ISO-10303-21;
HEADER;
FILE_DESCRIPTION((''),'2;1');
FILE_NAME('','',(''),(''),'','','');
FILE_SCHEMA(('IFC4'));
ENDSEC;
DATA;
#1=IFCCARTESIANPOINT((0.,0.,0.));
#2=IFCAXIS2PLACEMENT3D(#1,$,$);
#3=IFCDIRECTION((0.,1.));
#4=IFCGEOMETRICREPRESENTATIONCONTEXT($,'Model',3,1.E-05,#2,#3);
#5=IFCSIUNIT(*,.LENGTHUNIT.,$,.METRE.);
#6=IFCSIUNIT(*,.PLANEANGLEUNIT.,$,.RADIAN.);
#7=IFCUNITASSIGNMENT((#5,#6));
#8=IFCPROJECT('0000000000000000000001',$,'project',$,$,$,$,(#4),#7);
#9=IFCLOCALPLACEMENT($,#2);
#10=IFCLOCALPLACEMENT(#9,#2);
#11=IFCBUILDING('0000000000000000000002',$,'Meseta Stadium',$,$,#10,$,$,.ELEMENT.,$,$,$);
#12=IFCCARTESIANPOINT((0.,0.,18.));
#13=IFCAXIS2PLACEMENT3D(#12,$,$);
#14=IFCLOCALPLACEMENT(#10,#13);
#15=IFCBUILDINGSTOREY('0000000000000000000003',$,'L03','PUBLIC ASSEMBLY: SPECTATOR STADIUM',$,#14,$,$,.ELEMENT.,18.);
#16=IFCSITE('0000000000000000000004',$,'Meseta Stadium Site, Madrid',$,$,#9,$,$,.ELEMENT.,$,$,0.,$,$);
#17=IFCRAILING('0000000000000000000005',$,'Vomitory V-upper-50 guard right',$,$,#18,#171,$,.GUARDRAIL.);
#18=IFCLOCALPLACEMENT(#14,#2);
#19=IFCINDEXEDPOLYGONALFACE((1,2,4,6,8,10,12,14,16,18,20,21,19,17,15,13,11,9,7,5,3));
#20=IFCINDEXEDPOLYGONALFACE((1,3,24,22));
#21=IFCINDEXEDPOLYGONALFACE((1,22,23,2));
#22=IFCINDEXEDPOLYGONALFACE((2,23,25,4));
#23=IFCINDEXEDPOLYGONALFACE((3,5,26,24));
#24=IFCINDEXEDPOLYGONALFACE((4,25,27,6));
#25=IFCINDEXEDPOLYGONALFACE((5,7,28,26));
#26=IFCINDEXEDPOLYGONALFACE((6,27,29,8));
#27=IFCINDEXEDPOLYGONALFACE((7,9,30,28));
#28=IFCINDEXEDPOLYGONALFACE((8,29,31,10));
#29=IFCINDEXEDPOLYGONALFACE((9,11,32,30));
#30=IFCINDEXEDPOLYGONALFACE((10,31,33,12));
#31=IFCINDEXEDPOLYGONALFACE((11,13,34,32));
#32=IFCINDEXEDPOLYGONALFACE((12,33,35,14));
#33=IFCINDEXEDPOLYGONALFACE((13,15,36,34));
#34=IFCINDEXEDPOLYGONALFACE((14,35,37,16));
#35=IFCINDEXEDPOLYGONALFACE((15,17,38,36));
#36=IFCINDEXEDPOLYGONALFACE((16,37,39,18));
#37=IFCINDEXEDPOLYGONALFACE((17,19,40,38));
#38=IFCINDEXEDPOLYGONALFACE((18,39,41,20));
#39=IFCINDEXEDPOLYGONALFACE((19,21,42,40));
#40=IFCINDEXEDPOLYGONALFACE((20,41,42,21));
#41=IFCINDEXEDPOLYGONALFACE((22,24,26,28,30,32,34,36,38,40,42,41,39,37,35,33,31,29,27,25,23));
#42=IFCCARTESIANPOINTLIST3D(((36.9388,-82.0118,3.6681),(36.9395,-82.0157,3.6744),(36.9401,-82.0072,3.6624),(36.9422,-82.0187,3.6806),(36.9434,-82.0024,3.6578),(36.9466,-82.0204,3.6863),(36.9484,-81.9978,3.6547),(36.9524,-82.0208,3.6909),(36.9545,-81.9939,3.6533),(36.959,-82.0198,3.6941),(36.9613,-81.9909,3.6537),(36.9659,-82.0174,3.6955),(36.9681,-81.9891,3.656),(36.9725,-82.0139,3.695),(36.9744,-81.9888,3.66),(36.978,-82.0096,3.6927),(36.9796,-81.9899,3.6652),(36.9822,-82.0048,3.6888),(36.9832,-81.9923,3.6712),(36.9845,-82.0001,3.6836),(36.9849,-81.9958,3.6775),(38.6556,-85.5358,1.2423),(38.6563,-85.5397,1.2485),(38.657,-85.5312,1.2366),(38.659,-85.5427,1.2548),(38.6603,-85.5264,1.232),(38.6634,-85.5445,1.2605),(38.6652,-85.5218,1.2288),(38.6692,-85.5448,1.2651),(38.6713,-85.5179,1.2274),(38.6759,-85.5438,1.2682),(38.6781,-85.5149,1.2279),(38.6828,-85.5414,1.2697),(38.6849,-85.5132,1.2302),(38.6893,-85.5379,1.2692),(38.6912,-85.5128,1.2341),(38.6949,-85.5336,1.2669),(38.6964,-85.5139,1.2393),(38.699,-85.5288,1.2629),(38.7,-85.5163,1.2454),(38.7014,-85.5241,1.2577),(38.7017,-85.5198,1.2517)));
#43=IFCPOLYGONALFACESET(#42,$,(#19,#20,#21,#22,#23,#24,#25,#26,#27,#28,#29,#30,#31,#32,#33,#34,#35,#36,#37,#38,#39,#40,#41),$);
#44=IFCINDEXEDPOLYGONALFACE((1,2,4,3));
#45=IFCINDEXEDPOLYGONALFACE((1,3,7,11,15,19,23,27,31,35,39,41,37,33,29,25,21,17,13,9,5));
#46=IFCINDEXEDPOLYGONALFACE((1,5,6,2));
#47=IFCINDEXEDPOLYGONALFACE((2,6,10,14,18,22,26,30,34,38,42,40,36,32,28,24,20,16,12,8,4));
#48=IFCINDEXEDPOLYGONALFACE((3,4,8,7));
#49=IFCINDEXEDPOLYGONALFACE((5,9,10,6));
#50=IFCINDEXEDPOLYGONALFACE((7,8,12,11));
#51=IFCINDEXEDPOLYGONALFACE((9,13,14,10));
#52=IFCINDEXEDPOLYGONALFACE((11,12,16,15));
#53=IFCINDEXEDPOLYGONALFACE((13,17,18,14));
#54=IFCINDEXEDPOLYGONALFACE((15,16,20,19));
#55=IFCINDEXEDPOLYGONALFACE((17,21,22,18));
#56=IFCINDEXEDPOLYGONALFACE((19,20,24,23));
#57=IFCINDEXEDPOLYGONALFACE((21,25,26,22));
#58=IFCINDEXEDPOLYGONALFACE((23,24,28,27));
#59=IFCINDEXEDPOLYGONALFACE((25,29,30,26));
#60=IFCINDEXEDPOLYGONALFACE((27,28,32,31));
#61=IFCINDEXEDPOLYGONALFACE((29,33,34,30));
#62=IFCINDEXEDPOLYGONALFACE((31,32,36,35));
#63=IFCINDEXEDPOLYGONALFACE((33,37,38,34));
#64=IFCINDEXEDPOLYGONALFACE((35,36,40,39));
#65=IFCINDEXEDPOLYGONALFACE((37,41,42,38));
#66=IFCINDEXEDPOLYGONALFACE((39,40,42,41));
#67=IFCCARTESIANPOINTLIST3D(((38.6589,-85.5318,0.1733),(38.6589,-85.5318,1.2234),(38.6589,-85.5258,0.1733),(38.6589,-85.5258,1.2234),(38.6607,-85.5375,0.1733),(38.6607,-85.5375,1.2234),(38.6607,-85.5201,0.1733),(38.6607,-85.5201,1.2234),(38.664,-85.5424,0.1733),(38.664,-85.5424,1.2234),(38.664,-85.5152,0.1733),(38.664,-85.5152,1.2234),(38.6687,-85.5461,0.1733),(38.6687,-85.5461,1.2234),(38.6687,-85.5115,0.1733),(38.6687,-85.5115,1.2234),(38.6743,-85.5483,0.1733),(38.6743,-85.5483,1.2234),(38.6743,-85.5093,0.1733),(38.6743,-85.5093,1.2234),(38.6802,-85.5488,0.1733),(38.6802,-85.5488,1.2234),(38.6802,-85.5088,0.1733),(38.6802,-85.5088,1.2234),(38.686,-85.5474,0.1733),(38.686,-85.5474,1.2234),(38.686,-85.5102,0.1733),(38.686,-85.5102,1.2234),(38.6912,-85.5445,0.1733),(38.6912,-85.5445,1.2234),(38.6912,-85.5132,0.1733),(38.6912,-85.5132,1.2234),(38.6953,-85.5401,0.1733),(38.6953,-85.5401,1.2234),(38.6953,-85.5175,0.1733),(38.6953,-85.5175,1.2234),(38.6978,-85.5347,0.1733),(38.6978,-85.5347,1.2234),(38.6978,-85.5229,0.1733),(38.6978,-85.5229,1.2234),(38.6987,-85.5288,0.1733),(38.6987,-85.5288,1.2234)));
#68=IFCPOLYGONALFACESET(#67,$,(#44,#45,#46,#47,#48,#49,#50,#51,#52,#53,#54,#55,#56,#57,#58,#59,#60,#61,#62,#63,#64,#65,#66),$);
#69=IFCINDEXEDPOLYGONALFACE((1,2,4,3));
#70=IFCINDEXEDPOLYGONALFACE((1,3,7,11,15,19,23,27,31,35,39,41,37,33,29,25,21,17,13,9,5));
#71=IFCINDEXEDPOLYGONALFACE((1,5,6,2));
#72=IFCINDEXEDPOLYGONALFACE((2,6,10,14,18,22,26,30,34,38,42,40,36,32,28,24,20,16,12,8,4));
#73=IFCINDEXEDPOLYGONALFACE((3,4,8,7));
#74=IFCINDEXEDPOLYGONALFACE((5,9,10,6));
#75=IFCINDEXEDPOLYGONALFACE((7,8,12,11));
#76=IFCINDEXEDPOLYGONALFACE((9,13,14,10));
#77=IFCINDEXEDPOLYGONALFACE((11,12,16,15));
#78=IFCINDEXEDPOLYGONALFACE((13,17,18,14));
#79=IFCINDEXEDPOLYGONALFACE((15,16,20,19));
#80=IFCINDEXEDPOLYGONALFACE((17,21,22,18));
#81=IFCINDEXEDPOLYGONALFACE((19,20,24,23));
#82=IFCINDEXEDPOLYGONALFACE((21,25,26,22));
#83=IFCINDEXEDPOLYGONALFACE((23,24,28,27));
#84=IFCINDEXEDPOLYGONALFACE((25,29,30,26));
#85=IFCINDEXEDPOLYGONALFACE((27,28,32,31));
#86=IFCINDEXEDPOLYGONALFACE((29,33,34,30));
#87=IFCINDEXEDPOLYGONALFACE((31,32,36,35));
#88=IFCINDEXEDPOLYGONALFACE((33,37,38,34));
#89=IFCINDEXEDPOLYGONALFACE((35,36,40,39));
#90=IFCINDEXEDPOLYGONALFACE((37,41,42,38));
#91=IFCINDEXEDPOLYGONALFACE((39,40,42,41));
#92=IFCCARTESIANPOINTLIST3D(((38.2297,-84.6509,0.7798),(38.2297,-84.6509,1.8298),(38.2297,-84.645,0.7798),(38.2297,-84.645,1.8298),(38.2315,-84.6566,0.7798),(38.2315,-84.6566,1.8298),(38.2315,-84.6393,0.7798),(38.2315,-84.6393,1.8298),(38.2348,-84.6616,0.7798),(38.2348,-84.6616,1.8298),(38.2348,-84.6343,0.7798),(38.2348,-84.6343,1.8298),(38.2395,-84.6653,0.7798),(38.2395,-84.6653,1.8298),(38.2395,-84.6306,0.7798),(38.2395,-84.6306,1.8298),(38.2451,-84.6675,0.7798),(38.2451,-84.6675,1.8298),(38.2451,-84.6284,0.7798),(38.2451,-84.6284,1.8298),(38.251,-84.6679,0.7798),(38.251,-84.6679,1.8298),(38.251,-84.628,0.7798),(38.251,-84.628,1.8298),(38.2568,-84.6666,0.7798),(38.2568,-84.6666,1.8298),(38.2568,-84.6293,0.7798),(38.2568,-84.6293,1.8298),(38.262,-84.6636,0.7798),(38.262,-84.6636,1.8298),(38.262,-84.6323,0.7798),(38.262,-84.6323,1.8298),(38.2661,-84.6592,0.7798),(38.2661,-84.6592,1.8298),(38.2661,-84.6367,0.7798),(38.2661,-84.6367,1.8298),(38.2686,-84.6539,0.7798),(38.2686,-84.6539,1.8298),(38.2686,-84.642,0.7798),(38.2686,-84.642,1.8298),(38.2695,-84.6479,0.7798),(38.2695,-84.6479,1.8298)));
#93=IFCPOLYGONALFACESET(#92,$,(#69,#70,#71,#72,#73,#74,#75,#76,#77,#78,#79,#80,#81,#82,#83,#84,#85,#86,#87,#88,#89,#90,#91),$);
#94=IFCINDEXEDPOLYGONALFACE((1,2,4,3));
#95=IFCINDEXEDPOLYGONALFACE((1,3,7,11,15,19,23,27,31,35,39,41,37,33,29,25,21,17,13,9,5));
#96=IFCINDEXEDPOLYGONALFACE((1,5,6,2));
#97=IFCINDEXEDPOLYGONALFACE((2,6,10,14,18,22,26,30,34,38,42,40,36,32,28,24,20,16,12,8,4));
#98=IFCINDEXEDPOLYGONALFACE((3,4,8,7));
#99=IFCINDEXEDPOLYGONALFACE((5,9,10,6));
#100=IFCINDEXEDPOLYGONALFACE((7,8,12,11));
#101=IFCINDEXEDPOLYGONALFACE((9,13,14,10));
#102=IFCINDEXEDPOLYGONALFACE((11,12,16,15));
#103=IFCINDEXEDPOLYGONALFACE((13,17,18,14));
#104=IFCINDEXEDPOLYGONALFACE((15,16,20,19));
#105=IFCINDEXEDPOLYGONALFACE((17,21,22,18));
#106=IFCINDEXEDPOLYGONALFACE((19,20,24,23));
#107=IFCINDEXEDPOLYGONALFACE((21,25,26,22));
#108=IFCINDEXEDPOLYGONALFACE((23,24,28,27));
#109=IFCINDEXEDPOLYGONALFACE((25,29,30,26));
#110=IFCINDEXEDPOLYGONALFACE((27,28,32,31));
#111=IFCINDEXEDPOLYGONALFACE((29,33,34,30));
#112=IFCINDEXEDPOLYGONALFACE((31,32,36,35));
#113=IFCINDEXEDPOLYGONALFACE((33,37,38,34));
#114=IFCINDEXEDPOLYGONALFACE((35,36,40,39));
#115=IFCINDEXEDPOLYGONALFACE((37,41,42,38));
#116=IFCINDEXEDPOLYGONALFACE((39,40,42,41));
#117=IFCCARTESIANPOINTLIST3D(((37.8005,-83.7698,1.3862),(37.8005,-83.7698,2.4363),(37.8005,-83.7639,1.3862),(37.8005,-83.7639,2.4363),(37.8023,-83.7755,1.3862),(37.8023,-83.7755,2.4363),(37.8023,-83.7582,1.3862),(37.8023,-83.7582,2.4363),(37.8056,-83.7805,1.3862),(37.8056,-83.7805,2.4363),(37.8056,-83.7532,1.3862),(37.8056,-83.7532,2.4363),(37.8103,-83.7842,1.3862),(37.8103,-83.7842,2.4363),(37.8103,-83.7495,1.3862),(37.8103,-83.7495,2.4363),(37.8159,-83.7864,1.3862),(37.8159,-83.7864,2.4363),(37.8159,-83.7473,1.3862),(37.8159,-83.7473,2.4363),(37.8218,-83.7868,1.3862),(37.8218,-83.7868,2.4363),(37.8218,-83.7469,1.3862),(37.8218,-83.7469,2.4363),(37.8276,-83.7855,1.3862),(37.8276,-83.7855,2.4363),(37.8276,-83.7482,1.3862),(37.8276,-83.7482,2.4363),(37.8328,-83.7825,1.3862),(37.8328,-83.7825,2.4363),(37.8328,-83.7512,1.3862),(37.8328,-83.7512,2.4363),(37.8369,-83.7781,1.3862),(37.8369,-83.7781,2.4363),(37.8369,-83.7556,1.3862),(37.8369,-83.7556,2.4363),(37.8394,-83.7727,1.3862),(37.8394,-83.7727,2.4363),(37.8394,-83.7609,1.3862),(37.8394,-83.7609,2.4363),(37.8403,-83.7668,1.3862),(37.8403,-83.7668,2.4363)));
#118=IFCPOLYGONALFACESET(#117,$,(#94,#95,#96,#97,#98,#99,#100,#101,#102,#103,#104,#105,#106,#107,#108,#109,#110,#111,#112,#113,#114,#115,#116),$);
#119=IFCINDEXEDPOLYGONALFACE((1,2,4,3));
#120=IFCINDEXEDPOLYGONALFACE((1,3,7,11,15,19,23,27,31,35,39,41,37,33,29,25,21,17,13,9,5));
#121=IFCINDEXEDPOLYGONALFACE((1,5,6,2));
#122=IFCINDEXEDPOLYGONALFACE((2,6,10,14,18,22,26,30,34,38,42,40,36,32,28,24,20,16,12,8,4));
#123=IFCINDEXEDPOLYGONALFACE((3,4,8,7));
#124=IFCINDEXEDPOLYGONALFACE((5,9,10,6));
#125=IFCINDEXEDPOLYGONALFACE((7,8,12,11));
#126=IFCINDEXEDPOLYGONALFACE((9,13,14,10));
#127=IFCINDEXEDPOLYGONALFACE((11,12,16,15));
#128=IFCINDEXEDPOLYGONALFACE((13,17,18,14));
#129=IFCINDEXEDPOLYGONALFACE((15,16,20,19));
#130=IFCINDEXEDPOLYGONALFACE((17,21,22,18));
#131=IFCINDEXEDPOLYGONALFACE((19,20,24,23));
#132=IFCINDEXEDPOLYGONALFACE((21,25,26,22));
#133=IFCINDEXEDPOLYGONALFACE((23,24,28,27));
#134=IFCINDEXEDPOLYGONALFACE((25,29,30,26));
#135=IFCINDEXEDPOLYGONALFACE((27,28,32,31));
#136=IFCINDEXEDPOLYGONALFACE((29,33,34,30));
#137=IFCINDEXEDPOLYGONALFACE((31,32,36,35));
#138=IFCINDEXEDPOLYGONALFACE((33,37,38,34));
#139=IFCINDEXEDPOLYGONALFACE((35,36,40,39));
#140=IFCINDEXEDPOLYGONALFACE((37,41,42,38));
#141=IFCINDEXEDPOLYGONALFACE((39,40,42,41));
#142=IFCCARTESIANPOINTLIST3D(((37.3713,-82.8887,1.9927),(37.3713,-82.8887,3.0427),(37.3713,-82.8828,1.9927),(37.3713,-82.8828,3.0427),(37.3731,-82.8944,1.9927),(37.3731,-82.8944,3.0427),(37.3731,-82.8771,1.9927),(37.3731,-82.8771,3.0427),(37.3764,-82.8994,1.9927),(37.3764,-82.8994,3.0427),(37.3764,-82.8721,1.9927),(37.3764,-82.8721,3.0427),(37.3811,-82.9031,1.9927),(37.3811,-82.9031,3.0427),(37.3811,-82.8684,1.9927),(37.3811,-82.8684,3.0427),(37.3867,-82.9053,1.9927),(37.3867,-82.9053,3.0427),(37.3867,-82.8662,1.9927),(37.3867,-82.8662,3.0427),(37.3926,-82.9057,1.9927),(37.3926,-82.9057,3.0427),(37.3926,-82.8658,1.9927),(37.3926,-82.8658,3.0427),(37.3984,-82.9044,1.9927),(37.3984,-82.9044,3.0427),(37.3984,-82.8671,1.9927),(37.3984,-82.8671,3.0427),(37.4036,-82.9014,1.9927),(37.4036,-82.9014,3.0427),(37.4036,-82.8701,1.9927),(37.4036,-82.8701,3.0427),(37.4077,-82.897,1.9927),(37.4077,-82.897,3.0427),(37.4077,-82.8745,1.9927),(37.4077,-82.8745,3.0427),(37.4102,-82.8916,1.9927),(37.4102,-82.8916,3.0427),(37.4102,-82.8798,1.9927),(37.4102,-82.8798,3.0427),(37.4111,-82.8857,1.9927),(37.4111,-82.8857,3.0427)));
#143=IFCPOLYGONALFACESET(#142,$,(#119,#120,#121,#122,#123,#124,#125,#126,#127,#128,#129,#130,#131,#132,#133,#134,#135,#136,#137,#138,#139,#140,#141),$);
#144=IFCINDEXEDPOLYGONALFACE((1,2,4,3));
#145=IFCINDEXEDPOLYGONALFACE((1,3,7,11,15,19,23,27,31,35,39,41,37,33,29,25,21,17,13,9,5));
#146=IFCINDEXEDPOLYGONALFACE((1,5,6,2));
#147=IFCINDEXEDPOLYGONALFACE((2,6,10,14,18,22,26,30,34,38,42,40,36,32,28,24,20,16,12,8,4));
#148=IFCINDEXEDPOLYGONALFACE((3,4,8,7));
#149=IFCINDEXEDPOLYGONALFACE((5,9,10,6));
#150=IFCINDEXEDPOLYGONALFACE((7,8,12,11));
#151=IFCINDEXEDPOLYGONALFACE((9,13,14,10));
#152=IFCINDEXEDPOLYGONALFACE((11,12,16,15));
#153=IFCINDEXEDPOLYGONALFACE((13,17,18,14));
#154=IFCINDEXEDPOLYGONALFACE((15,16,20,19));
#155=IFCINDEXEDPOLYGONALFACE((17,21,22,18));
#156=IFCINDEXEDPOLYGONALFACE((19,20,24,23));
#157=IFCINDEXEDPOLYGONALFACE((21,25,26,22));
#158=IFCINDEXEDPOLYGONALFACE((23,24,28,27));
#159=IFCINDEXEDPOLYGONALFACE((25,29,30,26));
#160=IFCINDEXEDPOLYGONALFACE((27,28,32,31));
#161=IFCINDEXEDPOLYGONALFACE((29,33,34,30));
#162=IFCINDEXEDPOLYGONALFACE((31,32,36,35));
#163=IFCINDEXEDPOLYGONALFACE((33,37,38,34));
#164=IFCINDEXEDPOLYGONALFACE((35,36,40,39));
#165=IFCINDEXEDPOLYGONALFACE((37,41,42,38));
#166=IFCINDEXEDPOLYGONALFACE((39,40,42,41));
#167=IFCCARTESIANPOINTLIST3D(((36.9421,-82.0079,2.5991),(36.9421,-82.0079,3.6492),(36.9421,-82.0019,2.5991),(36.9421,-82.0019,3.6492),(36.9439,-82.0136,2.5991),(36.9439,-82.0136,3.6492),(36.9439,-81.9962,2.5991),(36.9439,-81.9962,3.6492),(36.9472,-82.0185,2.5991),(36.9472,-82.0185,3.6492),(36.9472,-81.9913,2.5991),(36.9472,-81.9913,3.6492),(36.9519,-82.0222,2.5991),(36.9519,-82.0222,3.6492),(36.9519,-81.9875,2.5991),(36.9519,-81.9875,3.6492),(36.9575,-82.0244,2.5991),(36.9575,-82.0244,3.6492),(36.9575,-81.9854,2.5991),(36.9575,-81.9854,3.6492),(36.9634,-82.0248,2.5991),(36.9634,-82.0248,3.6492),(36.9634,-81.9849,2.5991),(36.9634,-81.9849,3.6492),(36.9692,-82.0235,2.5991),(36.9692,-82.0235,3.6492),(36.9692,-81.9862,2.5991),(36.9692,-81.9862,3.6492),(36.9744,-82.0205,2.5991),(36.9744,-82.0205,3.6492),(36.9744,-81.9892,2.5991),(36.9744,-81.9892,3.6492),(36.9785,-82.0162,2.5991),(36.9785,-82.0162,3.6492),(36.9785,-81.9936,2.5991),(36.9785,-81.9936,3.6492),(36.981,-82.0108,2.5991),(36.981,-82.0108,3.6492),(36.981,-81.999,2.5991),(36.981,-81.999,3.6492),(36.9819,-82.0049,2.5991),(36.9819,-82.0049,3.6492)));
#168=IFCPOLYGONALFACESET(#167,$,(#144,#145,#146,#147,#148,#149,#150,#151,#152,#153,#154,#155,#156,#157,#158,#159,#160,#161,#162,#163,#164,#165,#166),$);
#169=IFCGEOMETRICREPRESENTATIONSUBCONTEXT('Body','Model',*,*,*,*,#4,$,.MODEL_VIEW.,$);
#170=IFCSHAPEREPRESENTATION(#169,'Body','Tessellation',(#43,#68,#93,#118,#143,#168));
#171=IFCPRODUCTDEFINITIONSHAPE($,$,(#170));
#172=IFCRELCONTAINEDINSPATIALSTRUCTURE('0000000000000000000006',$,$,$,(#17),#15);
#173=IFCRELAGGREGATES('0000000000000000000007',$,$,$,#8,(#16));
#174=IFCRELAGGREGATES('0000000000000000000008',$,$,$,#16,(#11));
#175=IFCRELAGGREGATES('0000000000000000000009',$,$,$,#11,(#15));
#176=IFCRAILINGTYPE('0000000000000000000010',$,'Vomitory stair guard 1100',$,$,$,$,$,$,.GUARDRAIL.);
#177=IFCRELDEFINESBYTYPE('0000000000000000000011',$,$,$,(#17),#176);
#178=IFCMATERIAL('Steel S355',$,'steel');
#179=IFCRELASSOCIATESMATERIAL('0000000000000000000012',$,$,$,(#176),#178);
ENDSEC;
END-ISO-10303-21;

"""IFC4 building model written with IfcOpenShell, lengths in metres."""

from ifc_helpers import new_model, si_unit, direction, frame, origin, origin_2d, place, context, subcontext, project, spatial, circle, extrude, material, type_object, element, save


model = new_model("IFC4")

# Units and contexts
model_context = context("Model", 3, precision=1e-05, world=origin(), true_north=direction((0.0, 1.0)))
body_context = subcontext(model_context, "Body", "Model", "MODEL_VIEW")
ifc_project = project(units=[si_unit("LENGTHUNIT", "METRE"), si_unit("PLANEANGLEUNIT", "RADIAN")], contexts=[model_context])

# Site, building, storey
site_placement = place(None, origin())
site = spatial("IfcSite", under=ifc_project, at=site_placement, Name="Meseta Stadium Site, Madrid", CompositionType="ELEMENT", RefElevation=0.0)
building_placement = place(site_placement, origin())
building = spatial("IfcBuilding", under=site, at=building_placement, Name="Meseta Stadium", CompositionType="ELEMENT")
storey_placement = place(building_placement, frame((0.0, 0.0, 18.0)))
storey = spatial("IfcBuildingStorey", under=building, at=storey_placement, Name="L03", Description="PUBLIC ASSEMBLY: SPECTATOR STADIUM", CompositionType="ELEMENT", Elevation=18.0)

# Railing
ifc_material_1 = material(Name="Steel S355", Category="steel")
railing_type_1 = type_object("IfcRailingType", Name="Vomitory stair guard 1100", PredefinedType="GUARDRAIL", material=ifc_material_1)
railing_1_placement = place(storey_placement, frame((38.6787, -85.5288, 0.1733)))
element("IfcRailing", 1, at=railing_1_placement, inside=storey, type_object=railing_type_1, Name="Vomitory V-upper-50 guard right", PredefinedType="GUARDRAIL", context=body_context, shape_type="SweptSolid", body=[
    extrude(circle(Radius=0.0249, at=origin_2d()), frame((0.0, 0.0, 1.0752), z_axis=(-0.372427, 0.764449, 0.526228), x_axis=(-0.898989, -0.437972, 0.0)), (0.0, 0.0, 1.0), 4.6099),
    extrude(circle(Radius=0.02, at=origin_2d()), origin(), (0.0, 0.0, 1.0), 1.05),
    extrude(circle(Radius=0.02, at=origin_2d()), frame((-0.4292, 0.8809, 0.6064)), (0.0, 0.0, 1.0), 1.05),
    extrude(circle(Radius=0.02, at=origin_2d()), frame((-0.8584, 1.762, 1.2129)), (0.0, 0.0, 1.0), 1.05),
    extrude(circle(Radius=0.02, at=origin_2d()), frame((-1.2876, 2.6431, 1.8193)), (0.0, 0.0, 1.0), 1.05),
    extrude(circle(Radius=0.02, at=origin_2d()), frame((-1.7168, 3.5239, 2.4258)), (0.0, 0.0, 1.0), 1.05),
])

save(model, "model.ifc")
